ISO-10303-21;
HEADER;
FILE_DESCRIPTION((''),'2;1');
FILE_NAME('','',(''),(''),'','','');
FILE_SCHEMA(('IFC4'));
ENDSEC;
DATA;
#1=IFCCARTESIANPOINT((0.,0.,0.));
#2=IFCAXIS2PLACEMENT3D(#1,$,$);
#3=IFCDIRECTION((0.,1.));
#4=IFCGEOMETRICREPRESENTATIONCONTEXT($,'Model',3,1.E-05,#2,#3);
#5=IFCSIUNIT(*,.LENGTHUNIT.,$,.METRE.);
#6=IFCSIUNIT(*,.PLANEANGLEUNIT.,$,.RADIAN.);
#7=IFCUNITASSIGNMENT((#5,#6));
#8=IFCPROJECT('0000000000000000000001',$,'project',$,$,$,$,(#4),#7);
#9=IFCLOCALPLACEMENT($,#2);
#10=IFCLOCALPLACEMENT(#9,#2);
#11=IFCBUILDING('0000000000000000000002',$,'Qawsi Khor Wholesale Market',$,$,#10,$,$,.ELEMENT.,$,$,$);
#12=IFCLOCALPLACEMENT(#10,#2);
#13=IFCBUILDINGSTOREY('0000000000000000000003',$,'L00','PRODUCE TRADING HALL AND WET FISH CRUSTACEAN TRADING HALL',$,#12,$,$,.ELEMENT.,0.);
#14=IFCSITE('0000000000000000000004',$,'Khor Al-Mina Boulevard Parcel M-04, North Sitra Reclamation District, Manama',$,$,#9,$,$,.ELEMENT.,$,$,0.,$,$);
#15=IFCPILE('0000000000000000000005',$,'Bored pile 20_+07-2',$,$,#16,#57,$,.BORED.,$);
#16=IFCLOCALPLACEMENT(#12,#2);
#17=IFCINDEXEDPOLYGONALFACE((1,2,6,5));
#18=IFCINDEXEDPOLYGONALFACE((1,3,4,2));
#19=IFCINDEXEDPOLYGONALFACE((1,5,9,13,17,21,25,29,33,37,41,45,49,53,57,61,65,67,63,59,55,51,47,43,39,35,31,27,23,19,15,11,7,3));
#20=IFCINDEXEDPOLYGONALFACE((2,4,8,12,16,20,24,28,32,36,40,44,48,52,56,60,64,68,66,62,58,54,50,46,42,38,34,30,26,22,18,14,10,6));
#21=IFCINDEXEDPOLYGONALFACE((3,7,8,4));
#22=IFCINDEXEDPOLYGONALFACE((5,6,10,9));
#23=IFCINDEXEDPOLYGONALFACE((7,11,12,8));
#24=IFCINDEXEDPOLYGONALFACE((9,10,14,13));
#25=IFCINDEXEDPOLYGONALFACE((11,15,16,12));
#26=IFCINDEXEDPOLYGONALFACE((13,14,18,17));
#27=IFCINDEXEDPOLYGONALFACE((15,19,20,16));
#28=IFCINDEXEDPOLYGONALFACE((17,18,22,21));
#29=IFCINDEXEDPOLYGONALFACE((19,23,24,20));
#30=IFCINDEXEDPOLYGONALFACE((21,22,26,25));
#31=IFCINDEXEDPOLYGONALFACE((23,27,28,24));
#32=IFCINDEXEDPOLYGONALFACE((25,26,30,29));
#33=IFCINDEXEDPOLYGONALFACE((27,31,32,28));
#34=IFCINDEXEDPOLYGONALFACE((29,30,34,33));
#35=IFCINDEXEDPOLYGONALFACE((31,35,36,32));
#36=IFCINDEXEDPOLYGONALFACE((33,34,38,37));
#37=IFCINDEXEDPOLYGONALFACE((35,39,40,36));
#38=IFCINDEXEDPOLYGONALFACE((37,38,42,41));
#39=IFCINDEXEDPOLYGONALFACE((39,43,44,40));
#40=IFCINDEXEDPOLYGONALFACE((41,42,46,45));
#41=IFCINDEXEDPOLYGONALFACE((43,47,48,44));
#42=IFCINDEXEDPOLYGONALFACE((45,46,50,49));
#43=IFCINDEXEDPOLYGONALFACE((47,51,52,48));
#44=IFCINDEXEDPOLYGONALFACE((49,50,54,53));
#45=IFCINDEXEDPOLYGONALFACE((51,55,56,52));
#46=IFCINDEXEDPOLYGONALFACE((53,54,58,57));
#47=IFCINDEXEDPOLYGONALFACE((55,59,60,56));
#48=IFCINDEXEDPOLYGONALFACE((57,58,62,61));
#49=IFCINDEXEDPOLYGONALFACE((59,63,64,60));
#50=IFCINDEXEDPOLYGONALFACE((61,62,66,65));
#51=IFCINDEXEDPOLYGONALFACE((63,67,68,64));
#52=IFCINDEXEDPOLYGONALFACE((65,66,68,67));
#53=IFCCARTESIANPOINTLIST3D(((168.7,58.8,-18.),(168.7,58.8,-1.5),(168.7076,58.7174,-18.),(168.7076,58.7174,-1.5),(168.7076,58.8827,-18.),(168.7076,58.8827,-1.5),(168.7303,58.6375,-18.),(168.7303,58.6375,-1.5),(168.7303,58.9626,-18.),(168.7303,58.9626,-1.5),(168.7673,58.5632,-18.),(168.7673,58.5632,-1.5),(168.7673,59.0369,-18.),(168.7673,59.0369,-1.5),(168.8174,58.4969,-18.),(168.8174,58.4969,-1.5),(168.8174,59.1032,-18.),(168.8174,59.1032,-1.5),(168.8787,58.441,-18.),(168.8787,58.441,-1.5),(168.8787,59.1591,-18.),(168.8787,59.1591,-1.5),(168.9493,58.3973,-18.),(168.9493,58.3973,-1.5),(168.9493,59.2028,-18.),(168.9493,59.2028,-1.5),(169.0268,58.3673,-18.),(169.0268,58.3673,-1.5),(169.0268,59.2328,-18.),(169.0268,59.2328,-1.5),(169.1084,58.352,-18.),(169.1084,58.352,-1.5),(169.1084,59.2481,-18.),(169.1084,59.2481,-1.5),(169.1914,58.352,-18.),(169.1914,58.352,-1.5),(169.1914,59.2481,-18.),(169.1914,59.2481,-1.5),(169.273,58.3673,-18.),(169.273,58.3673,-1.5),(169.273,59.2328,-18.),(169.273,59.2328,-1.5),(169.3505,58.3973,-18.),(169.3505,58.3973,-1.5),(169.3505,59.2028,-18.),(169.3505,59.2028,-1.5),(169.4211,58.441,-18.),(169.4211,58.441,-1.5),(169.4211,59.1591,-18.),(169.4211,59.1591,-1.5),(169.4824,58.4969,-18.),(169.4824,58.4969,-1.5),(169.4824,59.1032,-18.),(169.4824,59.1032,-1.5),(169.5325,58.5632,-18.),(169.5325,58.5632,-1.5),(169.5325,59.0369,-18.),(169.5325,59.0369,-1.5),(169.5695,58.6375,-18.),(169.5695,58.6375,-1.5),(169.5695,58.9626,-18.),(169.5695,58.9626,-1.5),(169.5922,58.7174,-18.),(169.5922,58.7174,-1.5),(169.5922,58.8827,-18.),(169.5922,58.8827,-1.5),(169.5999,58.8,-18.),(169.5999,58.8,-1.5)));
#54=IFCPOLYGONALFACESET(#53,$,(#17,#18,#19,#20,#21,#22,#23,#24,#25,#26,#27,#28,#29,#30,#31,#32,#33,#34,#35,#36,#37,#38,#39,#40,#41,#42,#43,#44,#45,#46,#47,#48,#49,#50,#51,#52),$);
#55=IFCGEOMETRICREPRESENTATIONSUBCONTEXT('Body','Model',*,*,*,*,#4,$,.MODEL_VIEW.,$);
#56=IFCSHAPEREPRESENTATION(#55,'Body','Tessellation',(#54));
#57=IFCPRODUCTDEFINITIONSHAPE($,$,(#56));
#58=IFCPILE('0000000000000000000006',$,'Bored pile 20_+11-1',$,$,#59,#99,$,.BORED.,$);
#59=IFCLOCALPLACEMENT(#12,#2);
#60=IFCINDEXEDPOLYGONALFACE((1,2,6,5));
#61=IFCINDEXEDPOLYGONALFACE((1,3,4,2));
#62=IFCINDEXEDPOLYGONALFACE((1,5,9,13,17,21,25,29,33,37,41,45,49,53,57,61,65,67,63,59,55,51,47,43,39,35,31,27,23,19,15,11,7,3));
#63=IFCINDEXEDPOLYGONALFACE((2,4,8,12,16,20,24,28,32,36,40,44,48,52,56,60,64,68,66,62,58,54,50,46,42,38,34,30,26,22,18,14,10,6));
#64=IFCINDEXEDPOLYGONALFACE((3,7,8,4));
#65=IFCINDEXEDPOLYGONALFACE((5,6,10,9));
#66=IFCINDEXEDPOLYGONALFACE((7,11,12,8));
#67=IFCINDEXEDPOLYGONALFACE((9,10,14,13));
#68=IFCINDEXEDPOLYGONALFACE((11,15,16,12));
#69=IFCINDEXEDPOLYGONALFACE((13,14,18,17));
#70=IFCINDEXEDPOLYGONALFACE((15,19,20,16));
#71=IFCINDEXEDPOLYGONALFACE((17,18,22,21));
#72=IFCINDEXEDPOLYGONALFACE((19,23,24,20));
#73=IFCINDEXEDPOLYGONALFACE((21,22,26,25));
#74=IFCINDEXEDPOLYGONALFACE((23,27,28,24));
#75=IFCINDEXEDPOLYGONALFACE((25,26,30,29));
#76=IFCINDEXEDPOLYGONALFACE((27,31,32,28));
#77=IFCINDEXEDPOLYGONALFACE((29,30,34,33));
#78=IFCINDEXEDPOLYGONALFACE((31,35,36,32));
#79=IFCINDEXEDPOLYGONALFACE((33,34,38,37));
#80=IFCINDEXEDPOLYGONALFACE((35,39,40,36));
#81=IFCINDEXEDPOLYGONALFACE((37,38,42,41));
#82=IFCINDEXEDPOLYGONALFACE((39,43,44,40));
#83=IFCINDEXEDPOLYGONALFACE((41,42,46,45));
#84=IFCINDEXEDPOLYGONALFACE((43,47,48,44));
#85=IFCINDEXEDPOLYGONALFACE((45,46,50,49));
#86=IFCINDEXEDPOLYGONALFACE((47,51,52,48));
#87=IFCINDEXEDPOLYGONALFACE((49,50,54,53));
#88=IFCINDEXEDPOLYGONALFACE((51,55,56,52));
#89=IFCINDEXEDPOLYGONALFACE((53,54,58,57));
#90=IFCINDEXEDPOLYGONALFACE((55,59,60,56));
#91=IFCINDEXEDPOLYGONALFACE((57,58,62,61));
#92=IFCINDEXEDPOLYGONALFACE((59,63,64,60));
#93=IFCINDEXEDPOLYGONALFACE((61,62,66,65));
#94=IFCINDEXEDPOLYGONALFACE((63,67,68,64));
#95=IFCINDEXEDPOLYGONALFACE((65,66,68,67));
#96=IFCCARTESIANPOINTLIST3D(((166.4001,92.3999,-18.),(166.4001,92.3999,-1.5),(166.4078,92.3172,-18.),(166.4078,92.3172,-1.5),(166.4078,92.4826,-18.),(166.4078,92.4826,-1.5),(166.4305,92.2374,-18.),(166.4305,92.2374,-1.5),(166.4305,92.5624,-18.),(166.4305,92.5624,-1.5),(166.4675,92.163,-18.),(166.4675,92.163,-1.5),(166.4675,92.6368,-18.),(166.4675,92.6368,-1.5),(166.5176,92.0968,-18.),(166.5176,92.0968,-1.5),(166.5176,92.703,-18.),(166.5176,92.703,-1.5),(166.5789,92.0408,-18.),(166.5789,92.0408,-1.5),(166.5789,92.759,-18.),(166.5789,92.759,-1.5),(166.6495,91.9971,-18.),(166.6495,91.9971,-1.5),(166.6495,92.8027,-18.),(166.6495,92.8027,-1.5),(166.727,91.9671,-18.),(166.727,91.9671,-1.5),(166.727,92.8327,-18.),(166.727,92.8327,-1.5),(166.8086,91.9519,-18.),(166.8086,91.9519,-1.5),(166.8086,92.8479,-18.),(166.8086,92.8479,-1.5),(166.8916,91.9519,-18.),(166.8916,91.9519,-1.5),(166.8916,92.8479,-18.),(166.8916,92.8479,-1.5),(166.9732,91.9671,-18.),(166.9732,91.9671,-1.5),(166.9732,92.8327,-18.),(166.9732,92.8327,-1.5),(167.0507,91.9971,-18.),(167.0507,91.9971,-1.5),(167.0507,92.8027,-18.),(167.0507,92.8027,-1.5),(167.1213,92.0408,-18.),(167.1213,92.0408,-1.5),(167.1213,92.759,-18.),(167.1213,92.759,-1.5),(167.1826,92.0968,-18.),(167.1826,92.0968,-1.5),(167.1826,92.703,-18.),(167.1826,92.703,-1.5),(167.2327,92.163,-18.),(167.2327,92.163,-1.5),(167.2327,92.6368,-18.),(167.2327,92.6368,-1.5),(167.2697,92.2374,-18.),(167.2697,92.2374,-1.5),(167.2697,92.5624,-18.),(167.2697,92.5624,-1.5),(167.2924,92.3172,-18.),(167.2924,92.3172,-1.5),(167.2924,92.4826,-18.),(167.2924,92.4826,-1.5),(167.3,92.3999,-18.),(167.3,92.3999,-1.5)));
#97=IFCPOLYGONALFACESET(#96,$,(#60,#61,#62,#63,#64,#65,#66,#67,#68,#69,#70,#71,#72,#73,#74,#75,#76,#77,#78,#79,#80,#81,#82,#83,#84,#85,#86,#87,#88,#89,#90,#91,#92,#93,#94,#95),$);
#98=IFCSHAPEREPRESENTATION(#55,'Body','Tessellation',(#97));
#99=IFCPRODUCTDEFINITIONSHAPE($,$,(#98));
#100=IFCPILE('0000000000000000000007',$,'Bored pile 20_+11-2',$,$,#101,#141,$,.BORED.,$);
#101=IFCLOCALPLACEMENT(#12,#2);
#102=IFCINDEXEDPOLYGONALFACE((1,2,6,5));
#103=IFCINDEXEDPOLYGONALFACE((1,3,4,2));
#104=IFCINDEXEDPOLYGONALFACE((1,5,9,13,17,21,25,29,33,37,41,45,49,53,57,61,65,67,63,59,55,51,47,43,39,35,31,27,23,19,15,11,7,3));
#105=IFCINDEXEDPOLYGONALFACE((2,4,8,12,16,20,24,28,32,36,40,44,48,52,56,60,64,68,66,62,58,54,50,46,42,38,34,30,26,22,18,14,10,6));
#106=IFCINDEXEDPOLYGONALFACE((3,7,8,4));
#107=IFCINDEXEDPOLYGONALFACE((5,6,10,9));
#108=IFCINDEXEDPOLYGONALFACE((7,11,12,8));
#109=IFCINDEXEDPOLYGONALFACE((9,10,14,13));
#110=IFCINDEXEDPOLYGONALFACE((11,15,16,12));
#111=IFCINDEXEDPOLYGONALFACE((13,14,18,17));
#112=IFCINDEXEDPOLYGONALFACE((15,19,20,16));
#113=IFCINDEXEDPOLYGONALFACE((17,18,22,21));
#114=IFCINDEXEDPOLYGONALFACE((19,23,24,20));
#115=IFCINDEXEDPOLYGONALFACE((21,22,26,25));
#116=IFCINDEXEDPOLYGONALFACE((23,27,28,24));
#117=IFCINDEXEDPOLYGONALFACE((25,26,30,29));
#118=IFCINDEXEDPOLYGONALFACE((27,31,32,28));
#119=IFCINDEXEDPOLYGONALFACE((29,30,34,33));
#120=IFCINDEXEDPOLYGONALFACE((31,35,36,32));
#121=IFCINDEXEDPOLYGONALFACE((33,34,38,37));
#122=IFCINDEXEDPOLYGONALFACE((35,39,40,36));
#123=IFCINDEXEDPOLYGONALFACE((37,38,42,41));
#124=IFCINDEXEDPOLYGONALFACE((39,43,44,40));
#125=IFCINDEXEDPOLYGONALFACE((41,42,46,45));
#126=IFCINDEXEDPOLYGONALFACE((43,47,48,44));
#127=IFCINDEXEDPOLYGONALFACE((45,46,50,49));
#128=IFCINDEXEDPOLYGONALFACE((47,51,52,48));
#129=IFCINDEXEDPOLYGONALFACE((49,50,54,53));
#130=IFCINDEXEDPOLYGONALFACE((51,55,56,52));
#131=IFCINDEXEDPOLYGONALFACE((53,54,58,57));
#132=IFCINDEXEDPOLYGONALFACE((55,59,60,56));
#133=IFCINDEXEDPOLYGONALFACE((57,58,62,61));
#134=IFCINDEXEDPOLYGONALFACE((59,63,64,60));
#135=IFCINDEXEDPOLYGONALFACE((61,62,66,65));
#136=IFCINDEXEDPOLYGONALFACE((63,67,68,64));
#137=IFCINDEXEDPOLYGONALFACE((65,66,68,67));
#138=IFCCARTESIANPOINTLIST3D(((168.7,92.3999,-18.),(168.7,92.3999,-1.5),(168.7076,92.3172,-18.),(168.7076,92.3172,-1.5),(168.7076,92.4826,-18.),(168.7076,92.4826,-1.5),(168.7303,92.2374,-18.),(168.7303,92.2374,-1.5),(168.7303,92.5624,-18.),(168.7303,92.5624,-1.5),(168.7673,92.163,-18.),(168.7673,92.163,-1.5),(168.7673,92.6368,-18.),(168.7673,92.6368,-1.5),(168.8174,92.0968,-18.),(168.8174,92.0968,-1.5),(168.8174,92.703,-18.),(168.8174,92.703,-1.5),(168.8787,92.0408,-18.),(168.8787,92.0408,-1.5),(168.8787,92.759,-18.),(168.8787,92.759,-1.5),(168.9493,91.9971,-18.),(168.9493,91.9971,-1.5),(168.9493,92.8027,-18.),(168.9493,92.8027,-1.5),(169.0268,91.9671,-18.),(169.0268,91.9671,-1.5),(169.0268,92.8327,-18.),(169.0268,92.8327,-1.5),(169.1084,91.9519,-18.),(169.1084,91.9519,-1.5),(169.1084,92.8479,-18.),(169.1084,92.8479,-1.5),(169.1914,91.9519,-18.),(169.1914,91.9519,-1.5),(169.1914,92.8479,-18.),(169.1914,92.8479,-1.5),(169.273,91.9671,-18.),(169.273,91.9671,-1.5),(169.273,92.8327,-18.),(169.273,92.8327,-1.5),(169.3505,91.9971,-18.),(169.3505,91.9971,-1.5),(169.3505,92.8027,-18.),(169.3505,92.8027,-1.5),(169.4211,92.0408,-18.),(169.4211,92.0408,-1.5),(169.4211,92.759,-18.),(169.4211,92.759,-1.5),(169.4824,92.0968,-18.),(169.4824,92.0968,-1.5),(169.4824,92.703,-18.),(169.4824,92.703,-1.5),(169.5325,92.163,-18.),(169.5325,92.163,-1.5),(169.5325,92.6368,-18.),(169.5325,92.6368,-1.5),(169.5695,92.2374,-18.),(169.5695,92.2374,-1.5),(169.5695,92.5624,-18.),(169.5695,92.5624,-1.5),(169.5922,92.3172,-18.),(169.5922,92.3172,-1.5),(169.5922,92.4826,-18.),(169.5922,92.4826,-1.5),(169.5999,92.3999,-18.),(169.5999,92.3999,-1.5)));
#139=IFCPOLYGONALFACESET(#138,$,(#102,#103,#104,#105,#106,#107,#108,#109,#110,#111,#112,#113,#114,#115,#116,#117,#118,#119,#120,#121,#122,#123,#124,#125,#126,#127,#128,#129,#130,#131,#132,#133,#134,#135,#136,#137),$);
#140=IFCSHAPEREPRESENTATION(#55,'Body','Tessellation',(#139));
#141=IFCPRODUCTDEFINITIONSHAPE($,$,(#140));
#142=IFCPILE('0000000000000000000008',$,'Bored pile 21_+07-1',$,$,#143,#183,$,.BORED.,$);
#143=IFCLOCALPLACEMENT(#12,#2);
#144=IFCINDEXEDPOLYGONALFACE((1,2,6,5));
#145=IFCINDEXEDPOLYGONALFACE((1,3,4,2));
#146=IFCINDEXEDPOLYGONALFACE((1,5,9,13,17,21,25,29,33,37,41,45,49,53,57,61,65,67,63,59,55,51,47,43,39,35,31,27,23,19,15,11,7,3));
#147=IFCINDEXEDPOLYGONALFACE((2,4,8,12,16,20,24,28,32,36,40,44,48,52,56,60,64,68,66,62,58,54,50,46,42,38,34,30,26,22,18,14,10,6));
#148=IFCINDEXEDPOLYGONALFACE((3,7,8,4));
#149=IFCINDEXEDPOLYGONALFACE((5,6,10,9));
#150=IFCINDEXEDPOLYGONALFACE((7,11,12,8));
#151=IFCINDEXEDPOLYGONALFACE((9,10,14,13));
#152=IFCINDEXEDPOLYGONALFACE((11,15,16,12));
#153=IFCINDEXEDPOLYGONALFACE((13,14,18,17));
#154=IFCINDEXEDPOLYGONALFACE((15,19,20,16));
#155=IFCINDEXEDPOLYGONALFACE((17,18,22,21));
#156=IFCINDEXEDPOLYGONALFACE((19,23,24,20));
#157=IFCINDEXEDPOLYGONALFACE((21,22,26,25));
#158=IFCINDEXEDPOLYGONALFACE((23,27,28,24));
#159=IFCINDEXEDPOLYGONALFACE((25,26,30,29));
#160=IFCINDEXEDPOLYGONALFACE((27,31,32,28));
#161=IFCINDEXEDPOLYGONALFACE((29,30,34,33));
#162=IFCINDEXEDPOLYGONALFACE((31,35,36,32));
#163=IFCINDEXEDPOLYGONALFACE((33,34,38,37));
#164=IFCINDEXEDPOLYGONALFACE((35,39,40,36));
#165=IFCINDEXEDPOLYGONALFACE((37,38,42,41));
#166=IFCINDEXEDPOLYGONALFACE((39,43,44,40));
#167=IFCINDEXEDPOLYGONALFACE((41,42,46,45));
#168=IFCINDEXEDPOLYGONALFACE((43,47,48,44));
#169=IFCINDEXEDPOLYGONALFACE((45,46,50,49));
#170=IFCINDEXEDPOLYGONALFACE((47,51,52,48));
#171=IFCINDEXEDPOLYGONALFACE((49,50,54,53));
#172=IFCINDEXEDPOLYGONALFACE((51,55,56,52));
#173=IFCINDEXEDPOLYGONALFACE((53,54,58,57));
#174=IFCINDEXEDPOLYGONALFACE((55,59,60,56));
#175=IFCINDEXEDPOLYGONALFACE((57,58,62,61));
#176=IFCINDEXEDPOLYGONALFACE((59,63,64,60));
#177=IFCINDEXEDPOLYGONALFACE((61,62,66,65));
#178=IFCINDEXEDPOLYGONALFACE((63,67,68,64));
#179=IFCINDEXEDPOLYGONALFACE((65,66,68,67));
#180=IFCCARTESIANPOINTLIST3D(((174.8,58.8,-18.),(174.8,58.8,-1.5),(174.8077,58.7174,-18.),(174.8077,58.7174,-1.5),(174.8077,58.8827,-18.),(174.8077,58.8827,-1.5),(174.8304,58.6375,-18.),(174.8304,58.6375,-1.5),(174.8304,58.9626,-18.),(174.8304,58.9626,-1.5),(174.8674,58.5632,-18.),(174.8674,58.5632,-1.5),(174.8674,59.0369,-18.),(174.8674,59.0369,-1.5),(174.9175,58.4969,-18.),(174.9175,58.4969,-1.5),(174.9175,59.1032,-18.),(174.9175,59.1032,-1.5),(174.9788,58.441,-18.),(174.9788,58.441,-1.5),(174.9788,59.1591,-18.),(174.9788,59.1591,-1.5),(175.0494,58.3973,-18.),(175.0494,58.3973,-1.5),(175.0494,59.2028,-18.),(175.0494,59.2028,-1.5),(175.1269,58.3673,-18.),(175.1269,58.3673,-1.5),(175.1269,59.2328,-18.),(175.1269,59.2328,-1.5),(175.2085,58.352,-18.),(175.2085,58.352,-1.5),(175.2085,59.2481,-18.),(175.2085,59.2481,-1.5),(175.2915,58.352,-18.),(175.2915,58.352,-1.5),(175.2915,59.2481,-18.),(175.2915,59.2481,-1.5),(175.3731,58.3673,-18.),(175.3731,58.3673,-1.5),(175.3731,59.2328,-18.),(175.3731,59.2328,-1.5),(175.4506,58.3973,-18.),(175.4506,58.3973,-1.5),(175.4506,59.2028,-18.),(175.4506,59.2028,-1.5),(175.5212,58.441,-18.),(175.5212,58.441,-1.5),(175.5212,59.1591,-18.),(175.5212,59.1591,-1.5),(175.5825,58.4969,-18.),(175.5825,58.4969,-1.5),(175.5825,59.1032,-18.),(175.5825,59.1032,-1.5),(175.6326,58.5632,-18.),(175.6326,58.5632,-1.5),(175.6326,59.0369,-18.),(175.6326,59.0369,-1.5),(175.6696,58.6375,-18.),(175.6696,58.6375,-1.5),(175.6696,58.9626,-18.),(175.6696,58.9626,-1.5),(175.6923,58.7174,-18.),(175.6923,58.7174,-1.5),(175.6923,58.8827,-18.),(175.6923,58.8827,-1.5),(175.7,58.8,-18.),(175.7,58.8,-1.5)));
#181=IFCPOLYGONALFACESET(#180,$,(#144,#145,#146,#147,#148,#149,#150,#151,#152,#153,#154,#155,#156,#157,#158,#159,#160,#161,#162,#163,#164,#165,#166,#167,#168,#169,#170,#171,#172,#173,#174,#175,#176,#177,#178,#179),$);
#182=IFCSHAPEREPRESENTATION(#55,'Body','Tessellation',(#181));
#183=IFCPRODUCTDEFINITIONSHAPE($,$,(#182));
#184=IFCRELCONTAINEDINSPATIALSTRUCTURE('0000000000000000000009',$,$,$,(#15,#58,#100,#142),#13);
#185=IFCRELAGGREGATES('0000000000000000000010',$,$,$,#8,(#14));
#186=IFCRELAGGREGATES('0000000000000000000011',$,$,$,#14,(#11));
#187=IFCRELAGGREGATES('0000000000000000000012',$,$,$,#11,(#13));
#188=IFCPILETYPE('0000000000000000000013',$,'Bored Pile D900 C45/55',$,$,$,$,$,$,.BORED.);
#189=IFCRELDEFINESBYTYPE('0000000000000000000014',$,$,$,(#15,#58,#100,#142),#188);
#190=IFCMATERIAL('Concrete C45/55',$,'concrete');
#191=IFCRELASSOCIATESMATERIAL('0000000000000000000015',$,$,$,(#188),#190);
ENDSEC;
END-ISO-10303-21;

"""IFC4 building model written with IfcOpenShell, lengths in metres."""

from ifc_helpers import new_model, si_unit, direction, frame, origin, origin_2d, place, context, subcontext, project, spatial, circle, extrude, material, material_profile, profile_set, type_object, element, save


model = new_model("IFC4")

# Units and contexts
model_context = context("Model", 3, precision=1e-05, world=origin(), true_north=direction((0.0, 1.0)))
body_context = subcontext(model_context, "Body", "Model", "MODEL_VIEW")
ifc_project = project(units=[si_unit("LENGTHUNIT", "METRE"), si_unit("PLANEANGLEUNIT", "RADIAN")], contexts=[model_context])

# Site, building, storey
site_placement = place(None, origin())
site = spatial("IfcSite", under=ifc_project, at=site_placement, Name="Khor Al-Mina Boulevard Parcel M-04, North Sitra Reclamation District, Manama", CompositionType="ELEMENT", RefElevation=0.0)
building_placement = place(site_placement, origin())
building = spatial("IfcBuilding", under=site, at=building_placement, Name="Qawsi Khor Wholesale Market", CompositionType="ELEMENT")
storey_placement = place(building_placement, origin())
storey = spatial("IfcBuildingStorey", under=building, at=storey_placement, Name="L00", Description="PRODUCE TRADING HALL AND WET FISH CRUSTACEAN TRADING HALL", CompositionType="ELEMENT", Elevation=0.0)

# Piles
ifc_material_1 = material(Name="Concrete C45/55", Category="concrete")
ifc_material_profile_1 = material_profile(ifc_material_1, circle(Radius=0.45, at=origin_2d()), Name="PILE D900")
ifc_profile_set_1 = profile_set([ifc_material_profile_1], Name="Concrete C45/55")
pile_type = type_object("IfcPileType", Name="Bored Pile D900 C45/55", PredefinedType="BORED", material=ifc_profile_set_1)
for number, where, z_axis, x_axis, name in (
    (1, (169.1499, 58.8, -1.5), (0.0, 0.0, -1.0), (1.0, 0.0, 0.0), "Bored pile 20_+07-2"),
    (2, (166.8501, 92.3999, -1.5), (0.0, 0.0, -1.0), (1.0, 0.0, 0.0), "Bored pile 20_+11-1"),
    (3, (169.1499, 92.3999, -1.5), (0.0, 0.0, -1.0), (1.0, 0.0, 0.0), "Bored pile 20_+11-2"),
    (4, (175.25, 58.8, -1.5), (0.0, 0.0, -1.0), (1.0, 0.0, 0.0), "Bored pile 21_+07-1"),
):
    element("IfcPile", number, at=place(storey_placement, frame(where, z_axis=z_axis, x_axis=x_axis)), inside=storey, type_object=pile_type, Name=name, PredefinedType="BORED", context=body_context, shape_type="SweptSolid", body=[
        extrude(circle(Radius=0.45, at=origin_2d()), origin(), (0.0, 0.0, 1.0), 16.5),
    ])

save(model, "model.ifc")
